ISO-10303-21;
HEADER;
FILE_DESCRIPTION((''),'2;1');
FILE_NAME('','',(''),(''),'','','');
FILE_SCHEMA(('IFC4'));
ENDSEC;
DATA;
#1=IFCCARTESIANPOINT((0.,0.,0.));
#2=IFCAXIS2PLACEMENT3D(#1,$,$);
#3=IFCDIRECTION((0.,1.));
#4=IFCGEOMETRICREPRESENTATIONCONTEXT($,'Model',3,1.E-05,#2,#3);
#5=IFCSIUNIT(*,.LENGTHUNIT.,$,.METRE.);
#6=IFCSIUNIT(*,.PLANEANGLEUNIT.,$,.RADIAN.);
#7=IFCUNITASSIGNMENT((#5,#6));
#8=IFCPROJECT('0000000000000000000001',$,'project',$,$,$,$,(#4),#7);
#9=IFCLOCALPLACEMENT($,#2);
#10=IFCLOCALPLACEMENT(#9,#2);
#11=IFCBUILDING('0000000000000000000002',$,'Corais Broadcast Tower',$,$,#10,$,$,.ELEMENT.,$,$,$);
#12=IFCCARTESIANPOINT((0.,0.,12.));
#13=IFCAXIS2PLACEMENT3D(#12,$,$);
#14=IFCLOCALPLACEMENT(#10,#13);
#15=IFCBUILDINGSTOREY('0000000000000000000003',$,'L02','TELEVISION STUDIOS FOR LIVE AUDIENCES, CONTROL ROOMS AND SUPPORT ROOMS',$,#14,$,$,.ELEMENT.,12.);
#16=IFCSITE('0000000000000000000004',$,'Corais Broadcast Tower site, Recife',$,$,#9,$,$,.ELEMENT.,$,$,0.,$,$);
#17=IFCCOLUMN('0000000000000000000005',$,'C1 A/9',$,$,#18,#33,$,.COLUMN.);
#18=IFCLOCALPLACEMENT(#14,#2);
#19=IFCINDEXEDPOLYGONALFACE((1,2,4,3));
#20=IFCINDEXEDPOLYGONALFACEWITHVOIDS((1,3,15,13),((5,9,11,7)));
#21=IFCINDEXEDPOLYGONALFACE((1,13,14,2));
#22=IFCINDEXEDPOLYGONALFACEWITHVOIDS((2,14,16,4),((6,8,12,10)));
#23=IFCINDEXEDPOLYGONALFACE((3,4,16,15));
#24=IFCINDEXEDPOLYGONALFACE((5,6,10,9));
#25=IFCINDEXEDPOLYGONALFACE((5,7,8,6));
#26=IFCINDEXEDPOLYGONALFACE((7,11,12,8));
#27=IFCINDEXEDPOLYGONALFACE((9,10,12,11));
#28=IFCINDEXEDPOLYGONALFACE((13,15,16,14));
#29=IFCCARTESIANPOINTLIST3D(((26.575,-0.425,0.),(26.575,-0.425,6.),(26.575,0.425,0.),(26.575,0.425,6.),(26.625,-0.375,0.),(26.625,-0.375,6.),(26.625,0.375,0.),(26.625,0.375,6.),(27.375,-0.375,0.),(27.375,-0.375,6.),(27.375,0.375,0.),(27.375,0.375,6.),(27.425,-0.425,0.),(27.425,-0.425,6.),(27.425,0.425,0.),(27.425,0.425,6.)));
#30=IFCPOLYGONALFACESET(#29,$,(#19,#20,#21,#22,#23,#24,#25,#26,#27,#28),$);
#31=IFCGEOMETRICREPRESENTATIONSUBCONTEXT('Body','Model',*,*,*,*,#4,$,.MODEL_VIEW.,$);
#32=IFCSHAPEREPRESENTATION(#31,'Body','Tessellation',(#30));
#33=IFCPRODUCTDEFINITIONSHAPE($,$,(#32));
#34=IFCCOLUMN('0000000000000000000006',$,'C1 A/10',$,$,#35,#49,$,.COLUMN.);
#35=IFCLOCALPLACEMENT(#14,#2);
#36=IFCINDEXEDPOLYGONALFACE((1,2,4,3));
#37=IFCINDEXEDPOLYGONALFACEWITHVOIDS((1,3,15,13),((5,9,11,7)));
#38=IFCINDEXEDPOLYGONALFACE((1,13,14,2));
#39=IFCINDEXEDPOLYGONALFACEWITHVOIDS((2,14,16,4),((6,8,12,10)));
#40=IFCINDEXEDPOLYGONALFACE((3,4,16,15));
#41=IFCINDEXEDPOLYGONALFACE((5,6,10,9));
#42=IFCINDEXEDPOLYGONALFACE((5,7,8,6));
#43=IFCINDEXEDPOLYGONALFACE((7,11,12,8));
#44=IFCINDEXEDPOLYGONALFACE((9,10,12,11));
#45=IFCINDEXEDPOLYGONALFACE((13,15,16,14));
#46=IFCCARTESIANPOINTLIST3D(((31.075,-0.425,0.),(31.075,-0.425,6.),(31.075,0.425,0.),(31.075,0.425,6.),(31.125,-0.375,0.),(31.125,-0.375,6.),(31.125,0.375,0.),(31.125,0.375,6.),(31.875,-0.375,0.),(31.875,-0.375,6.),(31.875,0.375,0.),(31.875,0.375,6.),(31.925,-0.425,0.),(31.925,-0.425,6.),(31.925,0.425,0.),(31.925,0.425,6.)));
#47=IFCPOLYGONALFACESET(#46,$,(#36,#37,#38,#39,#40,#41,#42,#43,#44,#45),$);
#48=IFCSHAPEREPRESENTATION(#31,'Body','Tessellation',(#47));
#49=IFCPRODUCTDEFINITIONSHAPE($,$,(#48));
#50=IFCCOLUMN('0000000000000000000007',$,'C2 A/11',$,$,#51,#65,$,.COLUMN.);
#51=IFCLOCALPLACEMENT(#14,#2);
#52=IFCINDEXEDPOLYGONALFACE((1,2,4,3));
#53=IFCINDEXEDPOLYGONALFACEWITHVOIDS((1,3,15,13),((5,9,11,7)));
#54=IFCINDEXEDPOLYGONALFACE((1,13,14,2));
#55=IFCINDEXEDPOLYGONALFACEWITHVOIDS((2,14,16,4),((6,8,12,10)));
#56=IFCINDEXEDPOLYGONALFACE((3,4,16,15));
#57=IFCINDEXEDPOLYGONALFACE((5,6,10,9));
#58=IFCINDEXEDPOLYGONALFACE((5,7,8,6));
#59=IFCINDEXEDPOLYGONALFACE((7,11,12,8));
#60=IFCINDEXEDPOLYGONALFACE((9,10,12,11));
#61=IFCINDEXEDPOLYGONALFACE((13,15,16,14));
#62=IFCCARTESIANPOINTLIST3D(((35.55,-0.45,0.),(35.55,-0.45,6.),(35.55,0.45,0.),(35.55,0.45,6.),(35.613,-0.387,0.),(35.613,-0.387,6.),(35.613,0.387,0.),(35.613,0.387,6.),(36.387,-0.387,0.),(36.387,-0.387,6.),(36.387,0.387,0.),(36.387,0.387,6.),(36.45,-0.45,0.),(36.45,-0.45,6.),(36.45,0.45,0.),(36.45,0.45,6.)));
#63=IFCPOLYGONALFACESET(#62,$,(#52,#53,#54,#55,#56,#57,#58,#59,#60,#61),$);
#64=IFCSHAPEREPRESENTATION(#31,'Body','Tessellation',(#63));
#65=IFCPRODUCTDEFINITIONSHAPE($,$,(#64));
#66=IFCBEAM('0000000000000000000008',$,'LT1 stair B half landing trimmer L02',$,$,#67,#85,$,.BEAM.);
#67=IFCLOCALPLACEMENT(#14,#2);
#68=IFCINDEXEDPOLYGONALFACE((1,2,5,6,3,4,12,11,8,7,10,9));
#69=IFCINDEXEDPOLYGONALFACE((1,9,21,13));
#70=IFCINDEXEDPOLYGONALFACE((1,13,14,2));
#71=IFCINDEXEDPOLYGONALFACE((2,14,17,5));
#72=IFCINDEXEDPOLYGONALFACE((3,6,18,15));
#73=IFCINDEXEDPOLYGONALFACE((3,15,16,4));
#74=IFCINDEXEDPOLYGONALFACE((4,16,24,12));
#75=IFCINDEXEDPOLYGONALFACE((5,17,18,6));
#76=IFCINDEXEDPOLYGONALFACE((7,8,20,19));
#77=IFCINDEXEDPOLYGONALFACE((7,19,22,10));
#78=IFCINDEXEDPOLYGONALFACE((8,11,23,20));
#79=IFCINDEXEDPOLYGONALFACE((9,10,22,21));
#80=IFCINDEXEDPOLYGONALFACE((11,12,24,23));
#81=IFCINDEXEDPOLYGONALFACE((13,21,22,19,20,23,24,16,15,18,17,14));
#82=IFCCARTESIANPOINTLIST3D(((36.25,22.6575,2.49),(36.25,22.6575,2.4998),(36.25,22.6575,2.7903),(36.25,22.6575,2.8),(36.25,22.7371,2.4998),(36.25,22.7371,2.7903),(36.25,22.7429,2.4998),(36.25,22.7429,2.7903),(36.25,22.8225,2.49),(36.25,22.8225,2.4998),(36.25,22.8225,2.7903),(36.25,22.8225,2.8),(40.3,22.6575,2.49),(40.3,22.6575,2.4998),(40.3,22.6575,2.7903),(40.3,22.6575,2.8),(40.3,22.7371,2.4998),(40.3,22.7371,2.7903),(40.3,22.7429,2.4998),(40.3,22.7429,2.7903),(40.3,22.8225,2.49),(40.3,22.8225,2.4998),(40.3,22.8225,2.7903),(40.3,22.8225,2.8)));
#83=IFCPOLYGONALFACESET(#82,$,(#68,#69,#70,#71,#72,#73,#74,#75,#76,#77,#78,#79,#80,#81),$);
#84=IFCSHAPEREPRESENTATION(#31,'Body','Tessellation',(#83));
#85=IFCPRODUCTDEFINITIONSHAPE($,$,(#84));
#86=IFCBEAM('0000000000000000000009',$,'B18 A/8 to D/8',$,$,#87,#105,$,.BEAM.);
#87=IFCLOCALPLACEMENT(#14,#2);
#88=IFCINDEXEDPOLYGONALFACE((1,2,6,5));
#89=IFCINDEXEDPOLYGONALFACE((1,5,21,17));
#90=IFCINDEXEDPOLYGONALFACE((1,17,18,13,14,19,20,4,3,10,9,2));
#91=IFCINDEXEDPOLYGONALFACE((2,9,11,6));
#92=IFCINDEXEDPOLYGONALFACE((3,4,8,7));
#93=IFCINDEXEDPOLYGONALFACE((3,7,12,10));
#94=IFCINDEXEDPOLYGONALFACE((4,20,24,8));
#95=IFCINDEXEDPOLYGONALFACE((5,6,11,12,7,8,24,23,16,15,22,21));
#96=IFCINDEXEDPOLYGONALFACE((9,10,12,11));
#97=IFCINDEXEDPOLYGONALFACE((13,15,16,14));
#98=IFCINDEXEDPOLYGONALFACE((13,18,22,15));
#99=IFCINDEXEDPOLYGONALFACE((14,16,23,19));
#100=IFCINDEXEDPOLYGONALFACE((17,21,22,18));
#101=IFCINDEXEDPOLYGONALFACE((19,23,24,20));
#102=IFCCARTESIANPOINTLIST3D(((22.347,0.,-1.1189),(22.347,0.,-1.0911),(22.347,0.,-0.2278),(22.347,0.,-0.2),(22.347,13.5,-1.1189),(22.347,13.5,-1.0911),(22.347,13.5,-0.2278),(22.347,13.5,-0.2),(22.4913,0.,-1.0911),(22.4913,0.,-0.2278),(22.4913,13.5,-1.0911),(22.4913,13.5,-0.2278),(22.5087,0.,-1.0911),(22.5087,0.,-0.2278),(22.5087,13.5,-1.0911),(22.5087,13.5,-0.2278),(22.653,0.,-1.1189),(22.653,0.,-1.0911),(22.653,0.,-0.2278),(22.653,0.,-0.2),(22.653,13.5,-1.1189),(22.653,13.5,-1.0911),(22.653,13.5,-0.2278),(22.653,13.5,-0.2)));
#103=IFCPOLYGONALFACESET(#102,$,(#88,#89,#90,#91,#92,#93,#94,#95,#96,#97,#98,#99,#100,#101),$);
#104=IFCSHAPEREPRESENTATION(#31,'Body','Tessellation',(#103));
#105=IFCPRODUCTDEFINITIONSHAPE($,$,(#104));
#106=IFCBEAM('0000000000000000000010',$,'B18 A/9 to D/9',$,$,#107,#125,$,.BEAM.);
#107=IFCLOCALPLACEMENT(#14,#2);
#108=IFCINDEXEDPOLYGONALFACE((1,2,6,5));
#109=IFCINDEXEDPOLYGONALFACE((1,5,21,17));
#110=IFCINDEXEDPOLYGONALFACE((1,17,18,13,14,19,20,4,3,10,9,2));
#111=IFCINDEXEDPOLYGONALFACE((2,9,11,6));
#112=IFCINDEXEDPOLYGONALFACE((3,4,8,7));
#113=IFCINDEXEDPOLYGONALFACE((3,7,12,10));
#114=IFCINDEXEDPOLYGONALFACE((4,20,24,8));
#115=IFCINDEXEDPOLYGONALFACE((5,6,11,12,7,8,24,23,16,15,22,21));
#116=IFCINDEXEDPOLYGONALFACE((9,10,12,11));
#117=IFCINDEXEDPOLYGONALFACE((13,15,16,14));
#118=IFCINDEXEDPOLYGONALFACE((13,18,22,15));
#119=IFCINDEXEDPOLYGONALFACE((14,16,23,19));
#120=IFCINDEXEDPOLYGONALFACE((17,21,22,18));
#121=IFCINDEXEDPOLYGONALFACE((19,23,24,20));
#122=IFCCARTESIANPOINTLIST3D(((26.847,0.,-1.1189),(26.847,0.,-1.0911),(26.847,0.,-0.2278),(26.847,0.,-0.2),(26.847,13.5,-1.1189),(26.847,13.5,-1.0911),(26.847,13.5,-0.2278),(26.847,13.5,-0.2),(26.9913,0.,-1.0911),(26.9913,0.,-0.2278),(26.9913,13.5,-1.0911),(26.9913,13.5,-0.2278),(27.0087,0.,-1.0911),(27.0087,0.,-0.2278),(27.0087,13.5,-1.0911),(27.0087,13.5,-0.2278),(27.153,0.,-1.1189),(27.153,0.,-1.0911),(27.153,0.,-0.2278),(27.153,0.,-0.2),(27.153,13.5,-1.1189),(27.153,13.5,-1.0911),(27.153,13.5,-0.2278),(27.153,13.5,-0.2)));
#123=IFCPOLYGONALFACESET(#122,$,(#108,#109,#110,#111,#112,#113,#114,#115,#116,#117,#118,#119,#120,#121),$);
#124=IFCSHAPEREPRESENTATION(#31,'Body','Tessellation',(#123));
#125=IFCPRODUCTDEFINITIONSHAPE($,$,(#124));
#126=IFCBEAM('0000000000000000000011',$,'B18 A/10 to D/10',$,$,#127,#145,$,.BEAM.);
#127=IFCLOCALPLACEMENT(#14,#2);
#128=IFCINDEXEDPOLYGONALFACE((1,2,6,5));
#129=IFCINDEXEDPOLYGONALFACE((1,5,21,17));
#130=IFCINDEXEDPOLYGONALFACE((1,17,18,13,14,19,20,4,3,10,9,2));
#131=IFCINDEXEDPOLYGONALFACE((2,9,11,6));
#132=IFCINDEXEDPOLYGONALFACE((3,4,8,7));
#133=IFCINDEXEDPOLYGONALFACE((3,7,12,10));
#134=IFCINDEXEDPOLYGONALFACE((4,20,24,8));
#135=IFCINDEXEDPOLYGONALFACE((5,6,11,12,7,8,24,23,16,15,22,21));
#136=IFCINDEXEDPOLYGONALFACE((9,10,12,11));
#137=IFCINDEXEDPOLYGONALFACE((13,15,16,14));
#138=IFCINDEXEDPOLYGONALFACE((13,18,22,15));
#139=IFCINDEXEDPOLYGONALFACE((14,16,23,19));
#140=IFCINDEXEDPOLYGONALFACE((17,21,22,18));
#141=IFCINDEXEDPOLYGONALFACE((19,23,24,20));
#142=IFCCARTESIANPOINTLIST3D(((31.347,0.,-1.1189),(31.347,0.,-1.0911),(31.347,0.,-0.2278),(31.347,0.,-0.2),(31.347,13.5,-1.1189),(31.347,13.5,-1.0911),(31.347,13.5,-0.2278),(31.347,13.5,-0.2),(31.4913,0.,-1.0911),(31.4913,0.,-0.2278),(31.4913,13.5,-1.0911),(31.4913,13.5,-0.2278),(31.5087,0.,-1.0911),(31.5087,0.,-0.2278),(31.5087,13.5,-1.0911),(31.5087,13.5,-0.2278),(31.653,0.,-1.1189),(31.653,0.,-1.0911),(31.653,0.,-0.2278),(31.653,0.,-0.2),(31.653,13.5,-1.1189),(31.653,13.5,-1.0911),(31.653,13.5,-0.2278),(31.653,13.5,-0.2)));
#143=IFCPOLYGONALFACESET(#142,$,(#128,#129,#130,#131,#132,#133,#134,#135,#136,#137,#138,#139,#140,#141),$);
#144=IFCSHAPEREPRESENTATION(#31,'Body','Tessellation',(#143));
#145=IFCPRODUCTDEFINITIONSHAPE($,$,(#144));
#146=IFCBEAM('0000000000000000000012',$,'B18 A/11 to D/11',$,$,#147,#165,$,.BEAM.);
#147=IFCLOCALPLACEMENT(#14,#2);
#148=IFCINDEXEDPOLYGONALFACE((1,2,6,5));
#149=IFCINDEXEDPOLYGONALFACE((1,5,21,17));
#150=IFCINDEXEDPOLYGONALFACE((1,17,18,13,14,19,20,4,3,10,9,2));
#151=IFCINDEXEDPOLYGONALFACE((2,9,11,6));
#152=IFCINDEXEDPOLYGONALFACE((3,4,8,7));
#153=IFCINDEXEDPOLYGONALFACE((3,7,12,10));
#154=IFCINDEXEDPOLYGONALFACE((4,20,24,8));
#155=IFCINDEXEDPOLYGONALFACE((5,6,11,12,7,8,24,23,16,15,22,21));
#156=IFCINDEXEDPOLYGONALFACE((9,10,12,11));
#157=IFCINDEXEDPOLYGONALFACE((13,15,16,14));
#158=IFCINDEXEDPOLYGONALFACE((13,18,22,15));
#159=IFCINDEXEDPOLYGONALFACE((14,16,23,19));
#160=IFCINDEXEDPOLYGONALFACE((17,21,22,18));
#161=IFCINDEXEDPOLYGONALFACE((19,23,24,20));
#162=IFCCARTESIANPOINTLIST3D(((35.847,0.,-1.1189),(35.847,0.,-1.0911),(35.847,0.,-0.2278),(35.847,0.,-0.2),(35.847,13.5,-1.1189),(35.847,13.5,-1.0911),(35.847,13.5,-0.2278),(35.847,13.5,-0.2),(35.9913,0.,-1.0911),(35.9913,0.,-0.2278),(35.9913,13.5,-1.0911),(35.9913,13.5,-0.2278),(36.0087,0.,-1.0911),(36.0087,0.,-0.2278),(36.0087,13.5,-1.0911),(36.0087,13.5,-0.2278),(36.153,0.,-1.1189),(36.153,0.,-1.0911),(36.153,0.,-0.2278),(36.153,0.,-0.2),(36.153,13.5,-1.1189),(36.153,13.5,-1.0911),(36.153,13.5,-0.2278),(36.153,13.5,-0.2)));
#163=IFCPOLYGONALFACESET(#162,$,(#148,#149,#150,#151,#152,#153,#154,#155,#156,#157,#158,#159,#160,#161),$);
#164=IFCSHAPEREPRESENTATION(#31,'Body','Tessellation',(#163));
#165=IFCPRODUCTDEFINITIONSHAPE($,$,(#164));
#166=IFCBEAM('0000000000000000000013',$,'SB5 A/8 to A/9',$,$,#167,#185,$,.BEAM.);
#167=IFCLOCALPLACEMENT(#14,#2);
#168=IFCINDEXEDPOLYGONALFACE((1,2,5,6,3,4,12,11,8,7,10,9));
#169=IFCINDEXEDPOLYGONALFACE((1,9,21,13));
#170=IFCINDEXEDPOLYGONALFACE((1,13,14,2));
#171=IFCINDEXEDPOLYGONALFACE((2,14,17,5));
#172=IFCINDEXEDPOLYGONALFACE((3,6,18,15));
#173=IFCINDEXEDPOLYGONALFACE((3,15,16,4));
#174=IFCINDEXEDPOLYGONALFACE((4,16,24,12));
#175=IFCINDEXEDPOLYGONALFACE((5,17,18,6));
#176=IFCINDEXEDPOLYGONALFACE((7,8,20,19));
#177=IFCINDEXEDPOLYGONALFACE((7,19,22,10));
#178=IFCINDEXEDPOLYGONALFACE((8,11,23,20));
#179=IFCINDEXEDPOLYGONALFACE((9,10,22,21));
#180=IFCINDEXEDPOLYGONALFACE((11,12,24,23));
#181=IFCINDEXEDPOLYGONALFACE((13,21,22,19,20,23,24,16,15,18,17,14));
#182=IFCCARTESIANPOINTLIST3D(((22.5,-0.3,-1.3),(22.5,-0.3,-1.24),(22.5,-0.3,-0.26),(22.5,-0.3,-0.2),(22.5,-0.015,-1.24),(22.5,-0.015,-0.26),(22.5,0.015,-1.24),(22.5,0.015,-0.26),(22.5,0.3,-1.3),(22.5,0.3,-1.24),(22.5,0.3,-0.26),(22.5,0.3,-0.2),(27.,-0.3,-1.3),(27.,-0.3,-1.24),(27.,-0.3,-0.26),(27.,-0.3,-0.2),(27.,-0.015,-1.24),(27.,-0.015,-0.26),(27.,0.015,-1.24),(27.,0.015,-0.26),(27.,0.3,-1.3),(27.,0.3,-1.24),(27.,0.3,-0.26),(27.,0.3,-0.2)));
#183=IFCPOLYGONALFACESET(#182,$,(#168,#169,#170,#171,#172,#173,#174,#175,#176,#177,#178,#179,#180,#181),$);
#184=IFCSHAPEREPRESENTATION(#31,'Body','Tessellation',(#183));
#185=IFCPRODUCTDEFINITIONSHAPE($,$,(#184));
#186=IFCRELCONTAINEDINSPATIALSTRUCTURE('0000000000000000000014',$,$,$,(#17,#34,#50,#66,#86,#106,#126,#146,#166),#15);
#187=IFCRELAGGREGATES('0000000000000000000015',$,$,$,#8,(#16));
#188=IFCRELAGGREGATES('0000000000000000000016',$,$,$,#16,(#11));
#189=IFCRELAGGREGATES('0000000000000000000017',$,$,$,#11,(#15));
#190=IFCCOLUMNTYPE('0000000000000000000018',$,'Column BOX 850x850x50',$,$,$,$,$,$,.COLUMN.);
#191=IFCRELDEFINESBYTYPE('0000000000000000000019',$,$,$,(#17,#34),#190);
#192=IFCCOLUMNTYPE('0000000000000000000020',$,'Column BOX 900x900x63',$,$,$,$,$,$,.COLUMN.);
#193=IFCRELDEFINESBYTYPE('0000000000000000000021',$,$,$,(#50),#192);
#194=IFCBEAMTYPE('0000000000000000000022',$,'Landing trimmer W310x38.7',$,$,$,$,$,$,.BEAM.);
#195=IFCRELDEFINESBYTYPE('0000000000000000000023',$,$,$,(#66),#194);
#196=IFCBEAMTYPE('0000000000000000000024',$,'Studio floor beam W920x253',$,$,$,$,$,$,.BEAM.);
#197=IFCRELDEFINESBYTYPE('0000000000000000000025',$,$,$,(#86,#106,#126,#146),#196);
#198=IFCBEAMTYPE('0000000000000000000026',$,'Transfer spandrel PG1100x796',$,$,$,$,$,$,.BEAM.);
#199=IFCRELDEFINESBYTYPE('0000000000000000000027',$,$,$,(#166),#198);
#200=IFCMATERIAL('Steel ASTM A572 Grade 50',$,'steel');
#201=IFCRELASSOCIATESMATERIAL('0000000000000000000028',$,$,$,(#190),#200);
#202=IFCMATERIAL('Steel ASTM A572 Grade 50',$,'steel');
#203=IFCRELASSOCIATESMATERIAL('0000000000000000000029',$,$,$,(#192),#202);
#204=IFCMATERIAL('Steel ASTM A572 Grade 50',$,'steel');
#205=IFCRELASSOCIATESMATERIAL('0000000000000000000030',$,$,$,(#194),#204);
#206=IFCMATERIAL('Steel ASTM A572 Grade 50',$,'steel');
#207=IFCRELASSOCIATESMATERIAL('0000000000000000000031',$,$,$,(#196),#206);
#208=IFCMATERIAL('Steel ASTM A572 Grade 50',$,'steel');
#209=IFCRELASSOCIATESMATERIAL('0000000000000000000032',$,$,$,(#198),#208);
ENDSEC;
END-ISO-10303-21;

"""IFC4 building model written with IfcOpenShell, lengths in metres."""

from ifc_helpers import new_model, si_unit, direction, frame, origin, origin_2d, place, context, subcontext, project, spatial, hollow_rectangle, i_section, extrude, material, material_profile, profile_set, type_object, element, save


model = new_model("IFC4")

# Units and contexts
model_context = context("Model", 3, precision=1e-05, world=origin(), true_north=direction((0.0, 1.0)))
body_context = subcontext(model_context, "Body", "Model", "MODEL_VIEW")
ifc_project = project(units=[si_unit("LENGTHUNIT", "METRE"), si_unit("PLANEANGLEUNIT", "RADIAN")], contexts=[model_context])

# Site, building, storey
site_placement = place(None, origin())
site = spatial("IfcSite", under=ifc_project, at=site_placement, Name="Corais Broadcast Tower site, Recife", CompositionType="ELEMENT", RefElevation=0.0)
building_placement = place(site_placement, origin())
building = spatial("IfcBuilding", under=site, at=building_placement, Name="Corais Broadcast Tower", CompositionType="ELEMENT")
storey_placement = place(building_placement, frame((0.0, 0.0, 12.0)))
storey = spatial("IfcBuildingStorey", under=building, at=storey_placement, Name="L02", Description="TELEVISION STUDIOS FOR LIVE AUDIENCES, CONTROL ROOMS AND SUPPORT ROOMS", CompositionType="ELEMENT", Elevation=12.0)

# Columns
ifc_material_1 = material(Name="Steel ASTM A572 Grade 50", Category="steel")
ifc_material_profile_1 = material_profile(ifc_material_1, hollow_rectangle(XDim=0.8501, YDim=0.8501, WallThickness=0.05, at=origin_2d()), Name="BOX 850x850x50")
ifc_profile_set_1 = profile_set([ifc_material_profile_1], Name="Steel ASTM A572 Grade 50")
column_type_1 = type_object("IfcColumnType", Name="Column BOX 850x850x50", PredefinedType="COLUMN", material=ifc_profile_set_1)
for number, where, z_axis, x_axis, name in (
    (1, (27.0, 0.0, 0.0), (0.0, 0.0, 1.0), (1.0, 0.0, 0.0), "C1 A/9"),
    (2, (31.5, 0.0, 0.0), (0.0, 0.0, 1.0), (1.0, 0.0, 0.0), "C1 A/10"),
):
    element("IfcColumn", number, at=place(storey_placement, frame(where, z_axis=z_axis, x_axis=x_axis)), inside=storey, type_object=column_type_1, Name=name, PredefinedType="COLUMN", context=body_context, shape_type="SweptSolid", body=[
        extrude(hollow_rectangle(XDim=0.8501, YDim=0.8501, WallThickness=0.05, at=origin_2d()), origin(), (0.0, 0.0, 1.0), 6.0),
    ])
ifc_material_2 = material(Name="Steel ASTM A572 Grade 50", Category="steel")
ifc_material_profile_2 = material_profile(ifc_material_2, hollow_rectangle(XDim=0.8999, YDim=0.8999, WallThickness=0.063, at=origin_2d()), Name="BOX 900x900x63")
ifc_profile_set_2 = profile_set([ifc_material_profile_2], Name="Steel ASTM A572 Grade 50")
column_type_2 = type_object("IfcColumnType", Name="Column BOX 900x900x63", PredefinedType="COLUMN", material=ifc_profile_set_2)
column_placement = place(storey_placement, frame((36.0, 0.0, 0.0), z_axis=(0.0, 0.0, 1.0), x_axis=(1.0, 0.0, 0.0)))
element("IfcColumn", 3, at=column_placement, inside=storey, type_object=column_type_2, Name="C2 A/11", PredefinedType="COLUMN", context=body_context, shape_type="SweptSolid", body=[
    extrude(hollow_rectangle(XDim=0.8999, YDim=0.8999, WallThickness=0.063, at=origin_2d()), origin(), (0.0, 0.0, 1.0), 6.0),
])

# Beams
ifc_material_3 = material(Name="Steel ASTM A572 Grade 50", Category="steel")
ifc_material_profile_3 = material_profile(ifc_material_3, i_section(OverallWidth=0.165, OverallDepth=0.3101, WebThickness=0.0059, FlangeThickness=0.0098, at=origin_2d()), Name="W310x38.7")
ifc_profile_set_3 = profile_set([ifc_material_profile_3], Name="Steel ASTM A572 Grade 50")
beam_type_1 = type_object("IfcBeamType", Name="Landing trimmer W310x38.7", PredefinedType="BEAM", material=ifc_profile_set_3)
beam_placement = place(storey_placement, frame((36.25, 22.74, 2.645), z_axis=(1.0, 0.0, 0.0), x_axis=(0.0, 1.0, 0.0)))
element("IfcBeam", 4, at=beam_placement, inside=storey, type_object=beam_type_1, Name="LT1 stair B half landing trimmer L02", PredefinedType="BEAM", context=body_context, shape_type="SweptSolid", body=[
    extrude(i_section(OverallWidth=0.165, OverallDepth=0.3101, WebThickness=0.0059, FlangeThickness=0.0098, at=origin_2d()), origin(), (0.0, 0.0, 1.0), 4.05),
])
ifc_material_4 = material(Name="Steel ASTM A572 Grade 50", Category="steel")
ifc_material_profile_4 = material_profile(ifc_material_4, i_section(OverallWidth=0.3059, OverallDepth=0.9189, WebThickness=0.0173, FlangeThickness=0.0278, at=origin_2d()), Name="W920x253")
ifc_profile_set_4 = profile_set([ifc_material_profile_4], Name="Steel ASTM A572 Grade 50")
beam_type_2 = type_object("IfcBeamType", Name="Studio floor beam W920x253", PredefinedType="BEAM", material=ifc_profile_set_4)
for number, where, z_axis, x_axis, name in (
    (5, (22.5, 0.0, -0.6594), (0.0, 1.0, 0.0), (-1.0, 0.0, 0.0), "B18 A/8 to D/8"),
    (6, (27.0, 0.0, -0.6594), (0.0, 1.0, 0.0), (-1.0, 0.0, 0.0), "B18 A/9 to D/9"),
    (7, (31.5, 0.0, -0.6594), (0.0, 1.0, 0.0), (-1.0, 0.0, 0.0), "B18 A/10 to D/10"),
    (8, (36.0, 0.0, -0.6594), (0.0, 1.0, 0.0), (-1.0, 0.0, 0.0), "B18 A/11 to D/11"),
):
    element("IfcBeam", number, at=place(storey_placement, frame(where, z_axis=z_axis, x_axis=x_axis)), inside=storey, type_object=beam_type_2, Name=name, PredefinedType="BEAM", context=body_context, shape_type="SweptSolid", body=[
        extrude(i_section(OverallWidth=0.3059, OverallDepth=0.9189, WebThickness=0.0173, FlangeThickness=0.0278, at=origin_2d()), origin(), (0.0, 0.0, 1.0), 13.5),
    ])
ifc_material_5 = material(Name="Steel ASTM A572 Grade 50", Category="steel")
ifc_material_profile_5 = material_profile(ifc_material_5, i_section(OverallWidth=0.6001, OverallDepth=1.1001, WebThickness=0.03, FlangeThickness=0.0601, at=origin_2d()), Name="PG1100x796")
ifc_profile_set_5 = profile_set([ifc_material_profile_5], Name="Steel ASTM A572 Grade 50")
beam_type_3 = type_object("IfcBeamType", Name="Transfer spandrel PG1100x796", PredefinedType="BEAM", material=ifc_profile_set_5)
for number, where, z_axis, x_axis, name in (
    (9, (22.5, 0.0, -0.75), (1.0, 0.0, 0.0), (0.0, 1.0, 0.0), "SB5 A/8 to A/9"),
):
    element("IfcBeam", number, at=place(storey_placement, frame(where, z_axis=z_axis, x_axis=x_axis)), inside=storey, type_object=beam_type_3, Name=name, PredefinedType="BEAM", context=body_context, shape_type="SweptSolid", body=[
        extrude(i_section(OverallWidth=0.6001, OverallDepth=1.1001, WebThickness=0.03, FlangeThickness=0.0601, at=origin_2d()), origin(), (0.0, 0.0, 1.0), 4.5),
    ])

save(model, "model.ifc")
